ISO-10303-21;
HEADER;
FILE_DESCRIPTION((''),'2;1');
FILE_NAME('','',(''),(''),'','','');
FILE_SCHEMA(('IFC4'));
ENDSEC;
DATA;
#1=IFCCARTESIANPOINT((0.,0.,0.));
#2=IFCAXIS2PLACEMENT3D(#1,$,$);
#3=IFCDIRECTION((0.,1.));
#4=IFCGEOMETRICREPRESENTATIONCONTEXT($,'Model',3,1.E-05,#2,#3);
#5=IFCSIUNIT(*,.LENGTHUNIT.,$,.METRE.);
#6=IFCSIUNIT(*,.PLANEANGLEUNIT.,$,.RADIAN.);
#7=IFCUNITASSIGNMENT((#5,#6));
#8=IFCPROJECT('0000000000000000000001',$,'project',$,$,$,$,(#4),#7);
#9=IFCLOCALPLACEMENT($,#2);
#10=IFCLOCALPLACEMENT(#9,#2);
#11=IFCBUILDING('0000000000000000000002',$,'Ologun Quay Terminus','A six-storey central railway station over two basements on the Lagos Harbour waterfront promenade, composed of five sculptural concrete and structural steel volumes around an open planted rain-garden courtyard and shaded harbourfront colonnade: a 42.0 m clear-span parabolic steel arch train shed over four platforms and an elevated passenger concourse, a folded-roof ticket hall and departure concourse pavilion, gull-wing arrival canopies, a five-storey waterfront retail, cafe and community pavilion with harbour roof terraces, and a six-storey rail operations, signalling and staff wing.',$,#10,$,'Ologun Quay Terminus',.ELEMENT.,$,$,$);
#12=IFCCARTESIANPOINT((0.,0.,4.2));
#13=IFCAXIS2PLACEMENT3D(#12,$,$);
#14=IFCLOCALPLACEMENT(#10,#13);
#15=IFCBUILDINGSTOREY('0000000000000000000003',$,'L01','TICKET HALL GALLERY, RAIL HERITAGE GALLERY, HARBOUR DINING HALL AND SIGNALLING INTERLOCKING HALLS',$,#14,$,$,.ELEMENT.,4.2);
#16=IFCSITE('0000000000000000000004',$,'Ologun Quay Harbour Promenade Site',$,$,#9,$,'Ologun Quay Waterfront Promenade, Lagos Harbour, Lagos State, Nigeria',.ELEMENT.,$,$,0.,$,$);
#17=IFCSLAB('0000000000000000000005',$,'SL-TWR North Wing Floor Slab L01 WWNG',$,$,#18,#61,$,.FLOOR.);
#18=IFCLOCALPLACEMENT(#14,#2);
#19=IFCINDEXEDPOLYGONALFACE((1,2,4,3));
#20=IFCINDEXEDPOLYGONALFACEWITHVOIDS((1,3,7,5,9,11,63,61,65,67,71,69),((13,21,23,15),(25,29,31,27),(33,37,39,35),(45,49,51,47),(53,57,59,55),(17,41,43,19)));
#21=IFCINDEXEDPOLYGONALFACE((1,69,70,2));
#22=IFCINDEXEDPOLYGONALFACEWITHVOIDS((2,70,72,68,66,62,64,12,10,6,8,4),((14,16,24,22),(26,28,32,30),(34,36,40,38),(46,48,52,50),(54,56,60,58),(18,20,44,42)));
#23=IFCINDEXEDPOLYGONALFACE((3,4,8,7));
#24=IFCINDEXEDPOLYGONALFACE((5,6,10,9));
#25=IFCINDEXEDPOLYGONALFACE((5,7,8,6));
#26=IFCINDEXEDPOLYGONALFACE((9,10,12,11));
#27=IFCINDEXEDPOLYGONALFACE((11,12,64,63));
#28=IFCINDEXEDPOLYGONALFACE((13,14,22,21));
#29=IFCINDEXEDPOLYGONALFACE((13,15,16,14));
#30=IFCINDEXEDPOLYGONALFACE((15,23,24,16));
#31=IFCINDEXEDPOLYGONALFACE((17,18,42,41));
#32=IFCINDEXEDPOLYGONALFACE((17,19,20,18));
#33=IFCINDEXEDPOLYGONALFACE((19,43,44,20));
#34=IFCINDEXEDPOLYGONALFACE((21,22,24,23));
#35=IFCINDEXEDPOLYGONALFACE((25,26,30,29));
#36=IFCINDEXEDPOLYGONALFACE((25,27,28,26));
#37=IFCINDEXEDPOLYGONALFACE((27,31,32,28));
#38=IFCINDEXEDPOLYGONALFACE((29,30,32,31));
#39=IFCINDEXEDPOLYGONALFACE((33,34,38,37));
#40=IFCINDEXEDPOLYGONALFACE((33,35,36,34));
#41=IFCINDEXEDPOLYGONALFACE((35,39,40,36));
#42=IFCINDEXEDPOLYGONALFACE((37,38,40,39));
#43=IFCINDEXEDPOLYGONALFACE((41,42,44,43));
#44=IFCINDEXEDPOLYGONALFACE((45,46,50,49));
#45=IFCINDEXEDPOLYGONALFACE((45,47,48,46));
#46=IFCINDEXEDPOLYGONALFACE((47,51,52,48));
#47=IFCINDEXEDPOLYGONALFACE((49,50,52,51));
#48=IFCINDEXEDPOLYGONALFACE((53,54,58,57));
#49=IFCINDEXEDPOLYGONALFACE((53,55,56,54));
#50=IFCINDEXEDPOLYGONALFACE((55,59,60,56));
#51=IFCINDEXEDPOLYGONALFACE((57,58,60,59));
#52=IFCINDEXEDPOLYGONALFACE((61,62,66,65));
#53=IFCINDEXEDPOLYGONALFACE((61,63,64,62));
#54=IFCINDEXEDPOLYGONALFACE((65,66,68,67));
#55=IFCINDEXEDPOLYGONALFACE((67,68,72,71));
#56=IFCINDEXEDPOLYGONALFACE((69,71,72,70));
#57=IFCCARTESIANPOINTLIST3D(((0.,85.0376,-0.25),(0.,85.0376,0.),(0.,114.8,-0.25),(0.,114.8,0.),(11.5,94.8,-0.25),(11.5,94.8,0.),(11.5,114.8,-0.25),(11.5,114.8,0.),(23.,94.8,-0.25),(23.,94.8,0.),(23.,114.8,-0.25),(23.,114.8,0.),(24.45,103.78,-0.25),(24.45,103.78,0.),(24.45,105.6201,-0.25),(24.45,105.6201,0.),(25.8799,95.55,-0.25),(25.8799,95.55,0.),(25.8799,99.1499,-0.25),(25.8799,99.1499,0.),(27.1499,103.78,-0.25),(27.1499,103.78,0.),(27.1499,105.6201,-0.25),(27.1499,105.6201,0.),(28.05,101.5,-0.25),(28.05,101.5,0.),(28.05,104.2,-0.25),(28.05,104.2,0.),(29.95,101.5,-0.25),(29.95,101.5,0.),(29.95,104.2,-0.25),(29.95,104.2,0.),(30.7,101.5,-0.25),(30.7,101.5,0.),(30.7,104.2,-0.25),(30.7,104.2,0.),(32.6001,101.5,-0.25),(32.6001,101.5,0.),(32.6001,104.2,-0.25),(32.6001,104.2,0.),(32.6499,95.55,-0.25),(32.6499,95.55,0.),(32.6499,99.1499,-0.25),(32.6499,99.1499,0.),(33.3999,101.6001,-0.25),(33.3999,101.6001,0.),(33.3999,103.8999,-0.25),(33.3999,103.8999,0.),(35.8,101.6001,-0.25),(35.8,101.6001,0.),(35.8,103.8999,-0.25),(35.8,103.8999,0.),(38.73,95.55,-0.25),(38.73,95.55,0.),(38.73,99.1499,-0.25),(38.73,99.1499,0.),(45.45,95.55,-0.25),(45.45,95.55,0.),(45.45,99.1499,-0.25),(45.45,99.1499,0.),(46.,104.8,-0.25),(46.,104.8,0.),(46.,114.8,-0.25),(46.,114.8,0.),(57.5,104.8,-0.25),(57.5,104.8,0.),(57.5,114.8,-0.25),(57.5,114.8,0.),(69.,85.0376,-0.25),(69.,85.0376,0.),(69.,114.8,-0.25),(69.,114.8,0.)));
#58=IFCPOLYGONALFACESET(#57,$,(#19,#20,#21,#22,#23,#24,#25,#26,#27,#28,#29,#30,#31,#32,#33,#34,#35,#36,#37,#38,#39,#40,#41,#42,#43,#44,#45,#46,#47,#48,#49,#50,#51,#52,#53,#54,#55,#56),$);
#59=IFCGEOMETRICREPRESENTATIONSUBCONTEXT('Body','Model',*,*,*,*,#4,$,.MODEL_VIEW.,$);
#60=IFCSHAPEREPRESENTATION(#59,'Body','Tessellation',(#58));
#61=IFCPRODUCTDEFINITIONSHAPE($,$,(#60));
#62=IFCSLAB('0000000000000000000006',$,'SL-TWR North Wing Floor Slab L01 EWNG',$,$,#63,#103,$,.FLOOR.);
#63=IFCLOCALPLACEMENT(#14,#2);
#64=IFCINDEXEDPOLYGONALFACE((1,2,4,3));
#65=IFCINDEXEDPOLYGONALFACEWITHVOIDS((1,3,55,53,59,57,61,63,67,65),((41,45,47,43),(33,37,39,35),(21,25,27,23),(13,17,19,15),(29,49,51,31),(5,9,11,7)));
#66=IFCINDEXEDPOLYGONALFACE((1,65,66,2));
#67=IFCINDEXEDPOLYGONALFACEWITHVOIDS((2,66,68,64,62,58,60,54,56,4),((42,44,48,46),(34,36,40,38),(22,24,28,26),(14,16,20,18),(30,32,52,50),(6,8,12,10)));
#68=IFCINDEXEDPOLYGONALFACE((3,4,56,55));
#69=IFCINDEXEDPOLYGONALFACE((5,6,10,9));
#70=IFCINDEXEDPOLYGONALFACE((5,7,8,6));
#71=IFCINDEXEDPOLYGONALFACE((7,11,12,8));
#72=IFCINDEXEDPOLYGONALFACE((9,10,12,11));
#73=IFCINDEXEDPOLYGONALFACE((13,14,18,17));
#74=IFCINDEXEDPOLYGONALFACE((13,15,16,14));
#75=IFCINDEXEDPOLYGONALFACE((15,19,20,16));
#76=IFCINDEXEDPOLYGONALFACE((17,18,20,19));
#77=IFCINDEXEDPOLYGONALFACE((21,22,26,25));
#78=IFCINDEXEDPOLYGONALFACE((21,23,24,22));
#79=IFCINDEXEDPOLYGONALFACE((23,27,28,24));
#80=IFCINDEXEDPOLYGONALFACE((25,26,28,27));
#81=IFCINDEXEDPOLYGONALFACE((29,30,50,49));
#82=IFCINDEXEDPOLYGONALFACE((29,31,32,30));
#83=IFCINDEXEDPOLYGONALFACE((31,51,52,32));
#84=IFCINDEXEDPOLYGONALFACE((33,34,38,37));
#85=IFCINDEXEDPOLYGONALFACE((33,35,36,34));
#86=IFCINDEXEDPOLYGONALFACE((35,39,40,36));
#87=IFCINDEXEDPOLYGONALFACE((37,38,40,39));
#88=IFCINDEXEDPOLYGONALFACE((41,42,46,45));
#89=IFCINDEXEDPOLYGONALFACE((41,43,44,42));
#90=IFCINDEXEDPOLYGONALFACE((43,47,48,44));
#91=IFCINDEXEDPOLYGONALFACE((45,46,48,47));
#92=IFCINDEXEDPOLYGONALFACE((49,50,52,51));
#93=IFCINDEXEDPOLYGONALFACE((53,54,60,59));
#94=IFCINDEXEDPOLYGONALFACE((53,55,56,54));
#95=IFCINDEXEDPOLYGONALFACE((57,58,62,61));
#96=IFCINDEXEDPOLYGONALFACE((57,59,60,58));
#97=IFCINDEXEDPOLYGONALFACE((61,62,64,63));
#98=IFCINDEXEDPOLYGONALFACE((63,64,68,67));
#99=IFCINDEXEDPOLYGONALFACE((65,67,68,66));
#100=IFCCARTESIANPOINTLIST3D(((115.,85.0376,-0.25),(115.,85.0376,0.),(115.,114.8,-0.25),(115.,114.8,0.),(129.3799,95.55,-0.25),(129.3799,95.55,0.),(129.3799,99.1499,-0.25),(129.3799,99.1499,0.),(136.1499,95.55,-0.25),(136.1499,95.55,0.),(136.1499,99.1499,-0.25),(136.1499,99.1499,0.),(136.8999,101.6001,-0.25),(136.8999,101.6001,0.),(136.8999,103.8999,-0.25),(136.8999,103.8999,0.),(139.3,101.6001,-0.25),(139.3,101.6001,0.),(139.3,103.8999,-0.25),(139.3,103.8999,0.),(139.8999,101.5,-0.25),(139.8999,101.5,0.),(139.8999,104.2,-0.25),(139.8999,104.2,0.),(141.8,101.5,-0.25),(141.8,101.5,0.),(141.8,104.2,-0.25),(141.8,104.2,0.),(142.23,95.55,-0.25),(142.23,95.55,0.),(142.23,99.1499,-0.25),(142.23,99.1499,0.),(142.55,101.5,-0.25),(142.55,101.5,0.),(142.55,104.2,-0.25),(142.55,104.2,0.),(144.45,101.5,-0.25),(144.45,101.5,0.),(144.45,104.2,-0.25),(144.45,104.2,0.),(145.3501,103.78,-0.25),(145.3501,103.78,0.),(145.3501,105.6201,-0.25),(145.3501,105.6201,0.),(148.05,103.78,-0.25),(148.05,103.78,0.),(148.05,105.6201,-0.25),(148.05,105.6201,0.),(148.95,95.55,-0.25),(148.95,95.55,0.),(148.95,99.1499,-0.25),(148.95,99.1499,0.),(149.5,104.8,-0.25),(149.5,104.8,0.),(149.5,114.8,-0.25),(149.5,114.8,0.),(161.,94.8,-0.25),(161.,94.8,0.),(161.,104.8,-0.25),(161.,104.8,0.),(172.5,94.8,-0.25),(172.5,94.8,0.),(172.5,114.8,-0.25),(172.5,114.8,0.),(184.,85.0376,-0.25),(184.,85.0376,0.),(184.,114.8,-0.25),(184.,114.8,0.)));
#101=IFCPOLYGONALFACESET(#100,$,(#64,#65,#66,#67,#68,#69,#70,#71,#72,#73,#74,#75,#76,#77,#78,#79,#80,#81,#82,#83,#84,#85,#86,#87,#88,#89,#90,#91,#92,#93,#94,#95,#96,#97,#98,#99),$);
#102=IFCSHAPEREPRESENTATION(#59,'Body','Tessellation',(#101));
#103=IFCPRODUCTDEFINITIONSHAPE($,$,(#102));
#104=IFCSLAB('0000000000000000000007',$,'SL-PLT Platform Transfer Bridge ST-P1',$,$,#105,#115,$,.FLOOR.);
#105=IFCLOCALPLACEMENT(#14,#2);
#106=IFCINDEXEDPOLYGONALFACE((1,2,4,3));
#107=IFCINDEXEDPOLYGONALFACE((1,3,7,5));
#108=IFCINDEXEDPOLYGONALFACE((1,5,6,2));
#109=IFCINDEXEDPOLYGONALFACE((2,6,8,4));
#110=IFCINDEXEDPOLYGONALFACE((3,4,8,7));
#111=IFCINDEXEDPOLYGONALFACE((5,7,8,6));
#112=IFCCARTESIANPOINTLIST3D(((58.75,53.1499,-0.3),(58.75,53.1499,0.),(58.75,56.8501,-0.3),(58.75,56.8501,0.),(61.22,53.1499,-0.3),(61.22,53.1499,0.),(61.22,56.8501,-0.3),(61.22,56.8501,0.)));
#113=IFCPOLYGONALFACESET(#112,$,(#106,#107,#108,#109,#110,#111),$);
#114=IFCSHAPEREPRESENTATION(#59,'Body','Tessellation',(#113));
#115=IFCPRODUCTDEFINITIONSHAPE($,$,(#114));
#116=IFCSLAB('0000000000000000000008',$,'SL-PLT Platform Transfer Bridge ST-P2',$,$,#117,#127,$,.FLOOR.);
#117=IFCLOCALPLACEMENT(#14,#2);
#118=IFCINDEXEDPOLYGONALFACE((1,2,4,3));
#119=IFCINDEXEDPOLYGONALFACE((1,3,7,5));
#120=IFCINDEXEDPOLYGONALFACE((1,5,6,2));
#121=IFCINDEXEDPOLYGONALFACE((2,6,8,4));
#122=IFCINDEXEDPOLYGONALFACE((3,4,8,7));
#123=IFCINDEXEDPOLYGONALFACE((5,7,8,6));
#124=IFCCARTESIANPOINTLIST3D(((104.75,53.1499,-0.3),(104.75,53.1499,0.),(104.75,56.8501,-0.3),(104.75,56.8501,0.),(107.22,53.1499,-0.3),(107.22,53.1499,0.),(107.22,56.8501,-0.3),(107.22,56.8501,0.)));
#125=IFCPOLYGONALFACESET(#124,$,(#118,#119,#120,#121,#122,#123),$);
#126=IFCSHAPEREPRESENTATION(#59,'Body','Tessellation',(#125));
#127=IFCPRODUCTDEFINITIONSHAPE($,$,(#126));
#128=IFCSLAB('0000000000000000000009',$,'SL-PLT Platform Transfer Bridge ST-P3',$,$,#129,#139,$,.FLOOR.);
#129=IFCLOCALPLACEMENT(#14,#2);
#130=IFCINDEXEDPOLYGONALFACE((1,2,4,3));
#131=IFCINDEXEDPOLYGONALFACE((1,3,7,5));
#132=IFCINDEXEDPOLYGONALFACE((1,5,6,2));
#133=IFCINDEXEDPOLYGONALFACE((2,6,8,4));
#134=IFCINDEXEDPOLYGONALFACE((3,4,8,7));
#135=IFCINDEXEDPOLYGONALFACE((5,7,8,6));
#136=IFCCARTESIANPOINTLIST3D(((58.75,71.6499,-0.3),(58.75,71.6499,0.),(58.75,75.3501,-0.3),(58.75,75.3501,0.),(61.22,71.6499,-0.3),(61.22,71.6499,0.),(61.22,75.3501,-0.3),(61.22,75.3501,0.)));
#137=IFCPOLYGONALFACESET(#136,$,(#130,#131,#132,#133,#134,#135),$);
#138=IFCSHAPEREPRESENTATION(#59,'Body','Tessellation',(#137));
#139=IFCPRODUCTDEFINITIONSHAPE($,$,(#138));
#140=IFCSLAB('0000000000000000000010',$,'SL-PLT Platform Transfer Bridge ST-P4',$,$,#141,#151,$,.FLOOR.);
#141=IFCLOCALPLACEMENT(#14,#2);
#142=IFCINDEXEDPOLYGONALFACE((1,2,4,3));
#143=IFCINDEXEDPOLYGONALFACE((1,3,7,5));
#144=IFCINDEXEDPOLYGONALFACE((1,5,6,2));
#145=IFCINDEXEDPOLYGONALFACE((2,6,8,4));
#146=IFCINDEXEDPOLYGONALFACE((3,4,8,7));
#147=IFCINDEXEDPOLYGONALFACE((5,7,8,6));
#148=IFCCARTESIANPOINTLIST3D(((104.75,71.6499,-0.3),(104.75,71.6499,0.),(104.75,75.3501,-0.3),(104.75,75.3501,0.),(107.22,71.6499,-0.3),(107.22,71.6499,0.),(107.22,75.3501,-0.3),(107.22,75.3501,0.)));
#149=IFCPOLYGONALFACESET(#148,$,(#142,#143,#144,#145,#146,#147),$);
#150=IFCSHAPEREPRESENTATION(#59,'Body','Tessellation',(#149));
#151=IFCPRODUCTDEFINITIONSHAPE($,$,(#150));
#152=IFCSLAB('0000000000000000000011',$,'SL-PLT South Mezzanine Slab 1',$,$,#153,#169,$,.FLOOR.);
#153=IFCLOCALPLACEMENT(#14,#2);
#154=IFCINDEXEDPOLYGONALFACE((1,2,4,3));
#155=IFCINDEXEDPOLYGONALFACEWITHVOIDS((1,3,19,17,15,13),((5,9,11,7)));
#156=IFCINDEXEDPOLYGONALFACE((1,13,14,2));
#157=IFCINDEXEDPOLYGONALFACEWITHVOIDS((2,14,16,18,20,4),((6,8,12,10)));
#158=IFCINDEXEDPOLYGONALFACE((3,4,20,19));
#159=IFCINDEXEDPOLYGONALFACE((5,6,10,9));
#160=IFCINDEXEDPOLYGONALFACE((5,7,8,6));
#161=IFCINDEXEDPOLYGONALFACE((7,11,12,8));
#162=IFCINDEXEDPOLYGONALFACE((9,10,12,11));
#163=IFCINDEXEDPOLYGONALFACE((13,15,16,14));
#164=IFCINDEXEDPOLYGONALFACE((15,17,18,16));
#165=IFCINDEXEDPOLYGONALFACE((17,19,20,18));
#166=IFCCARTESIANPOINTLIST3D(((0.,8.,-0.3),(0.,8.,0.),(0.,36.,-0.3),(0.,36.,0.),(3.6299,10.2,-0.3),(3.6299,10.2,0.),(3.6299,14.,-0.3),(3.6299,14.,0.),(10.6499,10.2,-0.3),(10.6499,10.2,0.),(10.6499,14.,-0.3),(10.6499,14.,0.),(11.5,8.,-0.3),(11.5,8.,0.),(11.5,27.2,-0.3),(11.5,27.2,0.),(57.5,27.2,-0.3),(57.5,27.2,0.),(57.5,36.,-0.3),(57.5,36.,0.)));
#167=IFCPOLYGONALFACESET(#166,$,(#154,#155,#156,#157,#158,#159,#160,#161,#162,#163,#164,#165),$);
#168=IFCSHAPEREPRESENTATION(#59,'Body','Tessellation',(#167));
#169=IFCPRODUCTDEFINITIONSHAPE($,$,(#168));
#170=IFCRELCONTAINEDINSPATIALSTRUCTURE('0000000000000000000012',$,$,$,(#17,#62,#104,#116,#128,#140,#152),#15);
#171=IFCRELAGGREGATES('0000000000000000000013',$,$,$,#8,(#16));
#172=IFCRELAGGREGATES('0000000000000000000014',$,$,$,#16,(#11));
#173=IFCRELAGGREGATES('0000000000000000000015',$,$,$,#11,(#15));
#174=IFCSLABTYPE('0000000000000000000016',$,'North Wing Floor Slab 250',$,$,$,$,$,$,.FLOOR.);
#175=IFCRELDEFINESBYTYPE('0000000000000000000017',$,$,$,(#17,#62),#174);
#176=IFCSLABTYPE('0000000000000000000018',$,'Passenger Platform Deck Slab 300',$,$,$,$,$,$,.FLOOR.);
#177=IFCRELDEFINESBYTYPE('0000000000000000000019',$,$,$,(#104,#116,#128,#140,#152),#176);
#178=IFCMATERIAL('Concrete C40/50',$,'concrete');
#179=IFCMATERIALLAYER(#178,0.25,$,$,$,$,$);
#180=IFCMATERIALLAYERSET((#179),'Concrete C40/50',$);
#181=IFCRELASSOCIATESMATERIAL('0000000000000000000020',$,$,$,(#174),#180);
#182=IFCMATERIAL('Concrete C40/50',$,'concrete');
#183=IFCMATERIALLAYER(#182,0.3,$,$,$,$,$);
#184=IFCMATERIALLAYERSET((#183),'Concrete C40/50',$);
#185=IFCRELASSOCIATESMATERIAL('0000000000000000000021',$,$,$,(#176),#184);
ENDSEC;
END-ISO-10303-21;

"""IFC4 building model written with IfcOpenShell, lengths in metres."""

from ifc_helpers import new_model, si_unit, direction, frame, origin, place, context, subcontext, project, spatial, polyline, outline, extrude, material, layer, layer_set, type_object, element, save


model = new_model("IFC4")

# Units and contexts
model_context = context("Model", 3, precision=1e-05, world=origin(), true_north=direction((0.0, 1.0)))
body_context = subcontext(model_context, "Body", "Model", "MODEL_VIEW")
ifc_project = project(units=[si_unit("LENGTHUNIT", "METRE"), si_unit("PLANEANGLEUNIT", "RADIAN")], contexts=[model_context])

# Site, building, storey
site_placement = place(None, origin())
site = spatial("IfcSite", under=ifc_project, at=site_placement, Name="Ologun Quay Harbour Promenade Site", LongName="Ologun Quay Waterfront Promenade, Lagos Harbour, Lagos State, Nigeria", CompositionType="ELEMENT", RefElevation=0.0)
building_placement = place(site_placement, origin())
building = spatial("IfcBuilding", under=site, at=building_placement, Name="Ologun Quay Terminus", Description="A six-storey central railway station over two basements on the Lagos Harbour waterfront promenade, composed of five sculptural concrete and structural steel volumes around an open planted rain-garden courtyard and shaded harbourfront colonnade: a 42.0 m clear-span parabolic steel arch train shed over four platforms and an elevated passenger concourse, a folded-roof ticket hall and departure concourse pavilion, gull-wing arrival canopies, a five-storey waterfront retail, cafe and community pavilion with harbour roof terraces, and a six-storey rail operations, signalling and staff wing.", LongName="Ologun Quay Terminus", CompositionType="ELEMENT")
storey_placement = place(building_placement, frame((0.0, 0.0, 4.2)))
storey = spatial("IfcBuildingStorey", under=building, at=storey_placement, Name="L01", Description="TICKET HALL GALLERY, RAIL HERITAGE GALLERY, HARBOUR DINING HALL AND SIGNALLING INTERLOCKING HALLS", CompositionType="ELEMENT", Elevation=4.2)

# Slabs
ifc_material_1 = material(Name="Concrete C40/50", Category="concrete")
ifc_layer_1 = layer(ifc_material_1, 0.25)
ifc_layer_set_1 = layer_set([ifc_layer_1], Name="Concrete C40/50")
slab_type_1 = type_object("IfcSlabType", Name="North Wing Floor Slab 250", PredefinedType="FLOOR", material=ifc_layer_set_1)
slab_1_placement = place(storey_placement, frame((0.0, 0.0, -0.25)))
element("IfcSlab", 1, at=slab_1_placement, inside=storey, type_object=slab_type_1, Name="SL-TWR North Wing Floor Slab L01 WWNG", PredefinedType="FLOOR", context=body_context, shape_type="SweptSolid", body=[
    extrude(outline(polyline([(0.0, 85.0376), (69.0, 85.0376), (69.0, 114.8), (57.5, 114.8), (57.5, 104.8), (46.0, 104.8), (46.0, 114.8), (23.0, 114.8), (23.0, 94.8), (11.5, 94.8), (11.5, 114.8), (0.0, 114.8), (0.0, 85.0376)]), holes=[polyline([(24.45, 103.78), (24.45, 105.6201), (27.1499, 105.6201), (27.1499, 103.78), (24.45, 103.78)]), polyline([(28.05, 101.5), (28.05, 104.2), (29.95, 104.2), (29.95, 101.5), (28.05, 101.5)]), polyline([(30.7, 101.5), (30.7, 104.2), (32.6001, 104.2), (32.6001, 101.5), (30.7, 101.5)]), polyline([(25.8799, 95.55), (25.8799, 99.1499), (32.6499, 99.1499), (32.6499, 95.55), (25.8799, 95.55)]), polyline([(38.73, 95.55), (38.73, 99.1499), (45.45, 99.1499), (45.45, 95.55), (38.73, 95.55)]), polyline([(33.3999, 101.6001), (33.3999, 103.8999), (35.8, 103.8999), (35.8, 101.6001), (33.3999, 101.6001)])]), origin(), (0.0, 0.0, 1.0), 0.25),
])
slab_2_placement = place(storey_placement, frame((0.0, 0.0, -0.25)))
element("IfcSlab", 2, at=slab_2_placement, inside=storey, type_object=slab_type_1, Name="SL-TWR North Wing Floor Slab L01 EWNG", PredefinedType="FLOOR", context=body_context, shape_type="SweptSolid", body=[
    extrude(outline(polyline([(115.0, 85.0376), (184.0, 85.0376), (184.0, 114.8), (172.5, 114.8), (172.5, 94.8), (161.0, 94.8), (161.0, 104.8), (149.5, 104.8), (149.5, 114.8), (115.0, 114.8), (115.0, 85.0376)]), holes=[polyline([(145.3501, 103.78), (145.3501, 105.6201), (148.05, 105.6201), (148.05, 103.78), (145.3501, 103.78)]), polyline([(139.8999, 101.5), (139.8999, 104.2), (141.8, 104.2), (141.8, 101.5), (139.8999, 101.5)]), polyline([(142.55, 101.5), (142.55, 104.2), (144.45, 104.2), (144.45, 101.5), (142.55, 101.5)]), polyline([(129.3799, 95.55), (129.3799, 99.1499), (136.1499, 99.1499), (136.1499, 95.55), (129.3799, 95.55)]), polyline([(142.23, 95.55), (142.23, 99.1499), (148.95, 99.1499), (148.95, 95.55), (142.23, 95.55)]), polyline([(136.8999, 101.6001), (136.8999, 103.8999), (139.3, 103.8999), (139.3, 101.6001), (136.8999, 101.6001)])]), origin(), (0.0, 0.0, 1.0), 0.25),
])
ifc_material_2 = material(Name="Concrete C40/50", Category="concrete")
ifc_layer_2 = layer(ifc_material_2, 0.3)
ifc_layer_set_2 = layer_set([ifc_layer_2], Name="Concrete C40/50")
slab_type_2 = type_object("IfcSlabType", Name="Passenger Platform Deck Slab 300", PredefinedType="FLOOR", material=ifc_layer_set_2)
slab_3_placement = place(storey_placement, frame((0.0, 0.0, -0.3)))
element("IfcSlab", 3, at=slab_3_placement, inside=storey, type_object=slab_type_2, Name="SL-PLT Platform Transfer Bridge ST-P1", PredefinedType="FLOOR", context=body_context, shape_type="SweptSolid", body=[
    extrude(outline(polyline([(58.75, 53.1499), (61.22, 53.1499), (61.22, 56.8501), (58.75, 56.8501), (58.75, 53.1499)])), origin(), (0.0, 0.0, 1.0), 0.3),
])
slab_4_placement = place(storey_placement, frame((0.0, 0.0, -0.3)))
element("IfcSlab", 4, at=slab_4_placement, inside=storey, type_object=slab_type_2, Name="SL-PLT Platform Transfer Bridge ST-P2", PredefinedType="FLOOR", context=body_context, shape_type="SweptSolid", body=[
    extrude(outline(polyline([(104.75, 53.1499), (107.22, 53.1499), (107.22, 56.8501), (104.75, 56.8501), (104.75, 53.1499)])), origin(), (0.0, 0.0, 1.0), 0.3),
])
slab_5_placement = place(storey_placement, frame((0.0, 0.0, -0.3)))
element("IfcSlab", 5, at=slab_5_placement, inside=storey, type_object=slab_type_2, Name="SL-PLT Platform Transfer Bridge ST-P3", PredefinedType="FLOOR", context=body_context, shape_type="SweptSolid", body=[
    extrude(outline(polyline([(58.75, 71.6499), (61.22, 71.6499), (61.22, 75.3501), (58.75, 75.3501), (58.75, 71.6499)])), origin(), (0.0, 0.0, 1.0), 0.3),
])
slab_6_placement = place(storey_placement, frame((0.0, 0.0, -0.3)))
element("IfcSlab", 6, at=slab_6_placement, inside=storey, type_object=slab_type_2, Name="SL-PLT Platform Transfer Bridge ST-P4", PredefinedType="FLOOR", context=body_context, shape_type="SweptSolid", body=[
    extrude(outline(polyline([(104.75, 71.6499), (107.22, 71.6499), (107.22, 75.3501), (104.75, 75.3501), (104.75, 71.6499)])), origin(), (0.0, 0.0, 1.0), 0.3),
])
slab_7_placement = place(storey_placement, frame((0.0, 0.0, -0.3)))
element("IfcSlab", 7, at=slab_7_placement, inside=storey, type_object=slab_type_2, Name="SL-PLT South Mezzanine Slab 1", PredefinedType="FLOOR", context=body_context, shape_type="SweptSolid", body=[
    extrude(outline(polyline([(0.0, 8.0), (11.5, 8.0), (11.5, 27.2), (57.5, 27.2), (57.5, 36.0), (0.0, 36.0), (0.0, 8.0)]), holes=[polyline([(3.6299, 10.2), (3.6299, 14.0), (10.6499, 14.0), (10.6499, 10.2), (3.6299, 10.2)])]), origin(), (0.0, 0.0, 1.0), 0.3),
])

save(model, "model.ifc")
